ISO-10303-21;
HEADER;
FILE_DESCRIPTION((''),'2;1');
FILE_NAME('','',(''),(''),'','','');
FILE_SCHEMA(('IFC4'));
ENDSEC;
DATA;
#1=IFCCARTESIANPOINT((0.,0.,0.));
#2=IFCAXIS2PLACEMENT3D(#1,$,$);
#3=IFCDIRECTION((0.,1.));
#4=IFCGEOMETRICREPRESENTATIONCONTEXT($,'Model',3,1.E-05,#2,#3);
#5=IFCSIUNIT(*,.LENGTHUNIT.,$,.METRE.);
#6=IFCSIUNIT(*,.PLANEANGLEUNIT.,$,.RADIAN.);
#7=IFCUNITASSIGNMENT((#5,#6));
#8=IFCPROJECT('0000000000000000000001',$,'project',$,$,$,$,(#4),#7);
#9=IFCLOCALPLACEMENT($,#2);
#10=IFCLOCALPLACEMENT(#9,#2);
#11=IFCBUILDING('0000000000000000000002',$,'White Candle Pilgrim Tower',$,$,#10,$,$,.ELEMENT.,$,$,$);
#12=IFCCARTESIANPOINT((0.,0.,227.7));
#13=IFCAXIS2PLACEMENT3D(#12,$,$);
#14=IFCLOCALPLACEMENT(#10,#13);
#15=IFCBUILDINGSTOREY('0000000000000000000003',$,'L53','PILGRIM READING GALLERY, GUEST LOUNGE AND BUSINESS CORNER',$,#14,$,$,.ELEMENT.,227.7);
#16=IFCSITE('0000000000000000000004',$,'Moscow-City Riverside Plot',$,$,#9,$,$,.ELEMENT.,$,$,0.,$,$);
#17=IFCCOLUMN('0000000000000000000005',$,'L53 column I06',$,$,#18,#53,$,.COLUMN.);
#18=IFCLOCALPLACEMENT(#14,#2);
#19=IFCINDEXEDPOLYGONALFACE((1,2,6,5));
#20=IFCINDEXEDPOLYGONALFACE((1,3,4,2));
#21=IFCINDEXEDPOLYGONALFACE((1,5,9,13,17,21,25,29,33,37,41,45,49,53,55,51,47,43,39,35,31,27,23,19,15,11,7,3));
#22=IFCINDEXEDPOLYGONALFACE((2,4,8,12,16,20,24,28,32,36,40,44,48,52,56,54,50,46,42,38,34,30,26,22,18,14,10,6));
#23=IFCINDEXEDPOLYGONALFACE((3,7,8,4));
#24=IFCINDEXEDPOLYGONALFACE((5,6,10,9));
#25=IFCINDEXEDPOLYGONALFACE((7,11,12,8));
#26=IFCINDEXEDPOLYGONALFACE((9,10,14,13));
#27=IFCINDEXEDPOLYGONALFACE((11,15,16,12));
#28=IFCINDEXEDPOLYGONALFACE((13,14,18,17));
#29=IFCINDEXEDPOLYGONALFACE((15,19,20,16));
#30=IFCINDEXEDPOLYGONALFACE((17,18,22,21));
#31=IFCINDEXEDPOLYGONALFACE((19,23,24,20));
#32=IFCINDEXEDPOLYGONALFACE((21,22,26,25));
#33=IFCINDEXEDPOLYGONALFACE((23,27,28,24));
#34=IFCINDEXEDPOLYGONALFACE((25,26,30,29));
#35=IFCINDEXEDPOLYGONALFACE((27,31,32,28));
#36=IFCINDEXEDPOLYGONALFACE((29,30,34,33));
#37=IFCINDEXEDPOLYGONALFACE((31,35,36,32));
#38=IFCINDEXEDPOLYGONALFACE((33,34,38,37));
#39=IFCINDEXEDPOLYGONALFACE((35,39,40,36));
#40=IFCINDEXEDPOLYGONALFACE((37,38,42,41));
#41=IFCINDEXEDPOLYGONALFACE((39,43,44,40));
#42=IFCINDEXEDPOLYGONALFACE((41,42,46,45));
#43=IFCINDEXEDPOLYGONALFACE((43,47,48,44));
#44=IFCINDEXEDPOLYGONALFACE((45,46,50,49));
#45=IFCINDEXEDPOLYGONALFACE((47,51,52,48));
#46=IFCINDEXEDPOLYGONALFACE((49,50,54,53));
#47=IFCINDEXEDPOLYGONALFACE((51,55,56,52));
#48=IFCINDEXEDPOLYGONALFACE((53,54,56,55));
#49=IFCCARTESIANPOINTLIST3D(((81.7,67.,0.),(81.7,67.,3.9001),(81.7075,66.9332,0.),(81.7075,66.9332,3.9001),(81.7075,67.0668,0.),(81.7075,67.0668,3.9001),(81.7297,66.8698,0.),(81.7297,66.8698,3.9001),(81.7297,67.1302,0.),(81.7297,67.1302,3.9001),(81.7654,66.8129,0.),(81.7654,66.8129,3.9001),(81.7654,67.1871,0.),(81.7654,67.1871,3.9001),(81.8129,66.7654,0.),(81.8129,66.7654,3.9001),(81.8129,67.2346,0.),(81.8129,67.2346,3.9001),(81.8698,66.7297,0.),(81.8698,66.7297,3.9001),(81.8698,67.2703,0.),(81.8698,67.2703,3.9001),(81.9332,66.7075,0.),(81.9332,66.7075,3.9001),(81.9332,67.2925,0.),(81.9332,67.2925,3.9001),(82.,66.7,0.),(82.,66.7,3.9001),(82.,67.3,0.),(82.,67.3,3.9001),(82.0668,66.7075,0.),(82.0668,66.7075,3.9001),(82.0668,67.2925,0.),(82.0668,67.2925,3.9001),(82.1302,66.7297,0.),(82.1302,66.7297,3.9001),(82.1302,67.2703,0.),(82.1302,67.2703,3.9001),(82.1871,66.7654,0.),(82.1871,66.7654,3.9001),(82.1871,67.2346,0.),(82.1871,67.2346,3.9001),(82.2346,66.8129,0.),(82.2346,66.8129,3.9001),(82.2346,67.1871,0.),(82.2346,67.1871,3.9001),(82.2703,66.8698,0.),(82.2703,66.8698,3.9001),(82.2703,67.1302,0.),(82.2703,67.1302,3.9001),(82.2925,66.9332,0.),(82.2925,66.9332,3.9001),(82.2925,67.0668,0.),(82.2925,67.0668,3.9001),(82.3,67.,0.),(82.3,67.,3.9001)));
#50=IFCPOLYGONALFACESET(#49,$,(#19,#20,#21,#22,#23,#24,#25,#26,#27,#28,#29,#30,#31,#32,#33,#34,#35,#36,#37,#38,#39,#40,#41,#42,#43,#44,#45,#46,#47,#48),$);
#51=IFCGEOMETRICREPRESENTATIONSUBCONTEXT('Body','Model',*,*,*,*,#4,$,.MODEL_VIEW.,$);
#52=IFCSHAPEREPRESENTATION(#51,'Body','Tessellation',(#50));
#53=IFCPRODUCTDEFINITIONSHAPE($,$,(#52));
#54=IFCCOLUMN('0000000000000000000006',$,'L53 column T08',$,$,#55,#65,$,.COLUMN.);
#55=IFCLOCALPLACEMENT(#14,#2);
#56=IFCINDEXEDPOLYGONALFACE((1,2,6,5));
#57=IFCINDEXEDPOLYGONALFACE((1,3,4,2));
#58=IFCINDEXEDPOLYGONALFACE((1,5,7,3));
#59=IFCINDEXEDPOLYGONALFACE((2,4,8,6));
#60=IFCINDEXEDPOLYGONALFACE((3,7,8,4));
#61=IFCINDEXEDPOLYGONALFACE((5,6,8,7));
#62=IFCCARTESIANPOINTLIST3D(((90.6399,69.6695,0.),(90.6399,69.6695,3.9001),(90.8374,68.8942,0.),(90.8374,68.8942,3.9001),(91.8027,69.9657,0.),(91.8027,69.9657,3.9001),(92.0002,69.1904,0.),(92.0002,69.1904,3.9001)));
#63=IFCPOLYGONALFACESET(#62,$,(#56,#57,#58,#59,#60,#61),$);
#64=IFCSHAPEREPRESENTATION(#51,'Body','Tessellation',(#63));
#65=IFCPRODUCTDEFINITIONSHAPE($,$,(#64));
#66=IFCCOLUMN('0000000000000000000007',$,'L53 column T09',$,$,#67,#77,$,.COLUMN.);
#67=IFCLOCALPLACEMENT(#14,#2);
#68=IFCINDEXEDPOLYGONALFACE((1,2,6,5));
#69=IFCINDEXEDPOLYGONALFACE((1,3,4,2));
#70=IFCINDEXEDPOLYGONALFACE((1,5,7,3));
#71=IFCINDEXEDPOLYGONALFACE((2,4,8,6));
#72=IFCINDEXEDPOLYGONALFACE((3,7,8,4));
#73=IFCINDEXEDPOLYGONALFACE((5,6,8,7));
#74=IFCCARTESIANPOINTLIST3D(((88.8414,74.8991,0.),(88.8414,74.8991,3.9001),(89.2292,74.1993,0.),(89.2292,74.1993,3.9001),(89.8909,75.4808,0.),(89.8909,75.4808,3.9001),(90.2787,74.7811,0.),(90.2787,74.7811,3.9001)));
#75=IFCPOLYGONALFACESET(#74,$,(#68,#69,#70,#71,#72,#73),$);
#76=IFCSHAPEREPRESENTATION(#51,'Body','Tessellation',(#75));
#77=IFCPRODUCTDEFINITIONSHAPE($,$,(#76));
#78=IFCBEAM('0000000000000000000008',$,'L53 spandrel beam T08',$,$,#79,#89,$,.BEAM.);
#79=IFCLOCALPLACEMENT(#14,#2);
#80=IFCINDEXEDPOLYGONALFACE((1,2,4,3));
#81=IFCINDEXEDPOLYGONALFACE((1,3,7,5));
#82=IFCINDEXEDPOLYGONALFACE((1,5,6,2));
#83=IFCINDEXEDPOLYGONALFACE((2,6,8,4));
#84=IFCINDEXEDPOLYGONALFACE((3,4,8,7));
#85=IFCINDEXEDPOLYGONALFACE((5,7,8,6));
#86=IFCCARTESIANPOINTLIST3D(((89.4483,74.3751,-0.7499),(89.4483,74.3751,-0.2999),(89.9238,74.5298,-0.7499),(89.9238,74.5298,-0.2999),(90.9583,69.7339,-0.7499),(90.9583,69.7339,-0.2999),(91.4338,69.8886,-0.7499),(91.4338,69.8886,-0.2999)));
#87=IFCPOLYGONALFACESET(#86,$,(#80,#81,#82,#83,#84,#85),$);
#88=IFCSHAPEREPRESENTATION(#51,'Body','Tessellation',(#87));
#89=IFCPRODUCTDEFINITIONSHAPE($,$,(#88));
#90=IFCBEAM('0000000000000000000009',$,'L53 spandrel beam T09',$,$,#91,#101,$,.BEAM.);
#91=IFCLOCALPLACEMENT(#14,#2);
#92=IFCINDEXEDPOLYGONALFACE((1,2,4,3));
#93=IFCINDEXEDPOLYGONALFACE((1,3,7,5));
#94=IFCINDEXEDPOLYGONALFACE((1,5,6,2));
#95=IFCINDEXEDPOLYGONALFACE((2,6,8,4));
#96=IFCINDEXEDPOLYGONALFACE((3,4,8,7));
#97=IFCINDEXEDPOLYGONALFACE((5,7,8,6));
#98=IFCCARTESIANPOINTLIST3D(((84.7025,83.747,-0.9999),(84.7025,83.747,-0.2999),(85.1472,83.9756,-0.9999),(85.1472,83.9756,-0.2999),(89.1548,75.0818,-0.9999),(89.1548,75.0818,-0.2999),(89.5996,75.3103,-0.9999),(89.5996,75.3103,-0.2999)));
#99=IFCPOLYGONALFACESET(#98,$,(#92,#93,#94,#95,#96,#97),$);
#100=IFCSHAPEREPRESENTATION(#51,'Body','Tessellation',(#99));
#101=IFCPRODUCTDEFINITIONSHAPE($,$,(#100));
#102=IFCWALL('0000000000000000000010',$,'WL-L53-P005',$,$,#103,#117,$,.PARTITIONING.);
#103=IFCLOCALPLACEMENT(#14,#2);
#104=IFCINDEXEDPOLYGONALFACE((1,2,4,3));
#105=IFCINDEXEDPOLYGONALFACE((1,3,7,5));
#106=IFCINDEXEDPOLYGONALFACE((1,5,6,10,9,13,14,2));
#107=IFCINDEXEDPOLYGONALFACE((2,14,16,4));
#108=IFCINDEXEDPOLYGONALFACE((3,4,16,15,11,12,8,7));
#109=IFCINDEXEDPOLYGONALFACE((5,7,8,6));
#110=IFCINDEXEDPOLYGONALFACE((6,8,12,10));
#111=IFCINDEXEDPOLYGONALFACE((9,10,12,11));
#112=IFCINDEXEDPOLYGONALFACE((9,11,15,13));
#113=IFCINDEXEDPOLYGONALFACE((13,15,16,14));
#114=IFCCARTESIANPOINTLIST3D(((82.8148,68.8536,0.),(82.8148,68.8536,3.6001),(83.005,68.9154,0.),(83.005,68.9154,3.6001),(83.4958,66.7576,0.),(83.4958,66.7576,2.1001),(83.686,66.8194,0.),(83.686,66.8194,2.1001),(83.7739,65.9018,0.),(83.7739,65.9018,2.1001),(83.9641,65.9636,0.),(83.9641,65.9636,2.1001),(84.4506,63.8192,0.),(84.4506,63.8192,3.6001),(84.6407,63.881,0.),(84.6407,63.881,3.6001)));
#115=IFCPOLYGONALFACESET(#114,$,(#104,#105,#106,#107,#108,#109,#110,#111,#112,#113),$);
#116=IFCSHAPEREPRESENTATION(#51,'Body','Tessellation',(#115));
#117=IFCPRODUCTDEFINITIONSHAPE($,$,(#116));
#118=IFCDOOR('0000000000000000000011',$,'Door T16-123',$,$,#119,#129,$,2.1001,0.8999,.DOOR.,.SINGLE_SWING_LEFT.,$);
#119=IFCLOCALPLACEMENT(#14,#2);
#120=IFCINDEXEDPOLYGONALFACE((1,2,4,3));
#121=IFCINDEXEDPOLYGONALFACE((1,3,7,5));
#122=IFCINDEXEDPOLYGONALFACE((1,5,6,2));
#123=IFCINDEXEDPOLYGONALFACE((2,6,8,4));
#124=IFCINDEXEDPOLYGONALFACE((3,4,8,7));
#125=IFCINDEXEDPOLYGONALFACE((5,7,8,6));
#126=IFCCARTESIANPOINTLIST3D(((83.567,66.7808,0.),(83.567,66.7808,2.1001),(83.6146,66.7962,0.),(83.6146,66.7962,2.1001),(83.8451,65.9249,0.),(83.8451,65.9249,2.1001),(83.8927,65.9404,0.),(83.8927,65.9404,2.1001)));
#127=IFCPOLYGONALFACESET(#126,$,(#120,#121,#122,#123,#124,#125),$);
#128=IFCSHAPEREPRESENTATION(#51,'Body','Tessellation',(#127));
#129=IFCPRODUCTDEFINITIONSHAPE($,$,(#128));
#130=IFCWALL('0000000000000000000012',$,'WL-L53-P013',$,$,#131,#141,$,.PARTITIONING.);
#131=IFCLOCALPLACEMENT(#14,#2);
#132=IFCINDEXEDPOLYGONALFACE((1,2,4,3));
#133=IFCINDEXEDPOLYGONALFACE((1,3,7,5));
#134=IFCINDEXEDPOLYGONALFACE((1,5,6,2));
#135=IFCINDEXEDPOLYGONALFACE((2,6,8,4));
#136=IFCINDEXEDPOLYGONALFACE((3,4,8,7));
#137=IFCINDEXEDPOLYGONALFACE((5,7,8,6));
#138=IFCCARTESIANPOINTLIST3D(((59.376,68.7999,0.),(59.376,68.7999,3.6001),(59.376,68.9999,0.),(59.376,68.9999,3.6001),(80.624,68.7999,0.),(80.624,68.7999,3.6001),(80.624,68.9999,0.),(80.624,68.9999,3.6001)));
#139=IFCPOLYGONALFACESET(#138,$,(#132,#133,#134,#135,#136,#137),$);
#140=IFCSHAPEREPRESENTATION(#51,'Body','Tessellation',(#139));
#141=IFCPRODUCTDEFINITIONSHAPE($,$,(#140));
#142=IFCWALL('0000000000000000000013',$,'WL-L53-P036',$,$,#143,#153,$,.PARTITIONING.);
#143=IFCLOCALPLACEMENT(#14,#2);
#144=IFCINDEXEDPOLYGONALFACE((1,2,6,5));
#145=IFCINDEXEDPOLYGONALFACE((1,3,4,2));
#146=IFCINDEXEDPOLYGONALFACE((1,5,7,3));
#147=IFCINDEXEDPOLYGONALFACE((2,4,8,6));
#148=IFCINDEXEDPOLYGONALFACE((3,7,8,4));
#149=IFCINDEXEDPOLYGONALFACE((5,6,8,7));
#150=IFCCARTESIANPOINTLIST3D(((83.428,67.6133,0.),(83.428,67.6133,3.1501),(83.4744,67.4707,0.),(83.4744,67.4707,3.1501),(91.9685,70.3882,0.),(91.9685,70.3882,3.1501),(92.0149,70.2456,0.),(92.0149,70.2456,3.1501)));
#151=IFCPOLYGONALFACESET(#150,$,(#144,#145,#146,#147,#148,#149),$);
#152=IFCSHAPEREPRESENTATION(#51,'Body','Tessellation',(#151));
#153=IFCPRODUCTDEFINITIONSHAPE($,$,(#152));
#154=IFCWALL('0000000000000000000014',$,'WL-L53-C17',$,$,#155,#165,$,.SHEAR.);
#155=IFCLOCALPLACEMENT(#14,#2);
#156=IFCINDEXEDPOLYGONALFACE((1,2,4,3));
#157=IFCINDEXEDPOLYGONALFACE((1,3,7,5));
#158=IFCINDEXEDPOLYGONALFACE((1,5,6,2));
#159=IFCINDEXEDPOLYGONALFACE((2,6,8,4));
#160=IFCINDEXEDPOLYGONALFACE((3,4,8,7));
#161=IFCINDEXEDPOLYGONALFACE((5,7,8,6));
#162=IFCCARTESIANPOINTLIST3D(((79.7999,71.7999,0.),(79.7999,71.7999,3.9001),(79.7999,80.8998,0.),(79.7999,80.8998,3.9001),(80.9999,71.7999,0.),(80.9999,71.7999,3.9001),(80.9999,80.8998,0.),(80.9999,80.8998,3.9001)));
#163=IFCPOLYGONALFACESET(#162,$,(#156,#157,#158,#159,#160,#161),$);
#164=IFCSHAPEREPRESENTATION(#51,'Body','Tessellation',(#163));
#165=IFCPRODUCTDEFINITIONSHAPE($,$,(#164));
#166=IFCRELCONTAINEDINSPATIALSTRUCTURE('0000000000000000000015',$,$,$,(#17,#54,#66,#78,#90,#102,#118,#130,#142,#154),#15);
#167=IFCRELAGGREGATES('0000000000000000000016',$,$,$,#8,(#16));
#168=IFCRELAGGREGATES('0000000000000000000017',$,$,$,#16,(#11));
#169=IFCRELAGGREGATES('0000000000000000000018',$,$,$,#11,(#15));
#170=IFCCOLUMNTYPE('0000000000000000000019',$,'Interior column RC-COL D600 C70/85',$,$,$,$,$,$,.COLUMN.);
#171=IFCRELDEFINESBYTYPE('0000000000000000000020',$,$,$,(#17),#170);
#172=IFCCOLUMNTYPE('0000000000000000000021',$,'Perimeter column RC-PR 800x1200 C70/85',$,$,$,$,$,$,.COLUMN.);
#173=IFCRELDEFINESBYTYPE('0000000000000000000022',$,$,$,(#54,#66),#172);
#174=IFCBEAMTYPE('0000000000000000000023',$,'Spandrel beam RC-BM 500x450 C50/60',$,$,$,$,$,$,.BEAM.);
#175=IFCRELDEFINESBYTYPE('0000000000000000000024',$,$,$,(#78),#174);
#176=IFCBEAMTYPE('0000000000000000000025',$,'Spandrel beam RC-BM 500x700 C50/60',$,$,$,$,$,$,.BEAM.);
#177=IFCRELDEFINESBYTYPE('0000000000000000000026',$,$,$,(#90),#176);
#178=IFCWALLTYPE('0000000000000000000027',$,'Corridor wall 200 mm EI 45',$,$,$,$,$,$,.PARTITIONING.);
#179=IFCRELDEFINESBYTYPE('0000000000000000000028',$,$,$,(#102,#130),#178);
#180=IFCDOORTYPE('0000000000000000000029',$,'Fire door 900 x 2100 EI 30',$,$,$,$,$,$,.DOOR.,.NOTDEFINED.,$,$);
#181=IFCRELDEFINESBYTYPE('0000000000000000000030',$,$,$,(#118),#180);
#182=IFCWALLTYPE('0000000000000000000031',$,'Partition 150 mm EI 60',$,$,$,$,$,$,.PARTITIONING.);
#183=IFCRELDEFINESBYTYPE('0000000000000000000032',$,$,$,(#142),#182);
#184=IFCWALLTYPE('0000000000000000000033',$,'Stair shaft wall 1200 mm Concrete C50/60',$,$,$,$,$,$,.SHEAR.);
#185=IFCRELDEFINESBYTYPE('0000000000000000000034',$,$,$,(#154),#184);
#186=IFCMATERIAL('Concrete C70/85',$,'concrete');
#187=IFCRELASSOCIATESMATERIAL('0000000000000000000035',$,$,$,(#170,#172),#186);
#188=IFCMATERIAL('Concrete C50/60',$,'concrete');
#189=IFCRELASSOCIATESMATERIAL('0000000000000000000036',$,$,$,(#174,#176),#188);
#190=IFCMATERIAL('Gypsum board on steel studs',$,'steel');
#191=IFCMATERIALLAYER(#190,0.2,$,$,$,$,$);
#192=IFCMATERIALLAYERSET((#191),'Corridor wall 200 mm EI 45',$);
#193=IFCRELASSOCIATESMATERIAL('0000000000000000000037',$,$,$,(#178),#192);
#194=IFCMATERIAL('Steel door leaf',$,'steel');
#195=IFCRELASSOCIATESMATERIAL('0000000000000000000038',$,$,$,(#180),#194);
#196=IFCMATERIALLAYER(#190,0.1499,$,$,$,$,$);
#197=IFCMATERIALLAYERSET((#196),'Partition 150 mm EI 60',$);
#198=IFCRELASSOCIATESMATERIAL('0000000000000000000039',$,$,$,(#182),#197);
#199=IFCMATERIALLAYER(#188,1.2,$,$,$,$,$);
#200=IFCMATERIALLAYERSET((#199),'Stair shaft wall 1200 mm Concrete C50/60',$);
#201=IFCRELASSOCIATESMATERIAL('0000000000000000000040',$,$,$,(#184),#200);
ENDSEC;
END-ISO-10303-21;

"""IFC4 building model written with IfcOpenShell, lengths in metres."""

from ifc_helpers import new_model, si_unit, direction, frame, frame_2d, origin, origin_2d, place, context, subcontext, project, spatial, rectangle, circle, extrude, material, layer, layer_set, material_profile, profile_set, type_object, element, fill, save


model = new_model("IFC4")

# Units and contexts
model_context = context("Model", 3, precision=1e-05, world=origin(), true_north=direction((0.0, 1.0)))
body_context = subcontext(model_context, "Body", "Model", "MODEL_VIEW")
ifc_project = project(units=[si_unit("LENGTHUNIT", "METRE"), si_unit("PLANEANGLEUNIT", "RADIAN")], contexts=[model_context])

# Site, building, storey
site_placement = place(None, origin())
site = spatial("IfcSite", under=ifc_project, at=site_placement, Name="Moscow-City Riverside Plot", CompositionType="ELEMENT", RefElevation=0.0)
building_placement = place(site_placement, origin())
building = spatial("IfcBuilding", under=site, at=building_placement, Name="White Candle Pilgrim Tower", CompositionType="ELEMENT")
storey_placement = place(building_placement, frame((0.0, 0.0, 227.7)))
storey = spatial("IfcBuildingStorey", under=building, at=storey_placement, Name="L53", Description="PILGRIM READING GALLERY, GUEST LOUNGE AND BUSINESS CORNER", CompositionType="ELEMENT", Elevation=227.7)

# Columns
ifc_material_1 = material(Name="Concrete C70/85", Category="concrete")
ifc_material_profile_1 = material_profile(ifc_material_1, circle(Radius=0.3, at=origin_2d()), Name="RC-COL D600")
ifc_profile_set_1 = profile_set([ifc_material_profile_1], Name="Concrete C70/85")
column_type_1 = type_object("IfcColumnType", Name="Interior column RC-COL D600 C70/85", PredefinedType="COLUMN", material=ifc_profile_set_1)
column_placement = place(storey_placement, frame((82.0, 67.0, 0.0), z_axis=(0.0, 0.0, 1.0), x_axis=(1.0, 0.0, 0.0)))
element("IfcColumn", 1, at=column_placement, inside=storey, type_object=column_type_1, Name="L53 column I06", PredefinedType="COLUMN", context=body_context, shape_type="SweptSolid", body=[
    extrude(circle(Radius=0.3, at=origin_2d()), origin(), (0.0, 0.0, 1.0), 3.9001),
])
ifc_material_profile_2 = material_profile(ifc_material_1, rectangle(XDim=0.8, YDim=1.2, at=origin_2d()), Name="RC-PR 800x1200")
ifc_profile_set_2 = profile_set([ifc_material_profile_2], Name="Concrete C70/85")
column_type_2 = type_object("IfcColumnType", Name="Perimeter column RC-PR 800x1200 C70/85", PredefinedType="COLUMN", material=ifc_profile_set_2)
for number, where, z_axis, x_axis, name in (
    (2, (91.3201, 69.4299, 0.0), (0.0, 0.0, 1.0), (0.246881, -0.969046, 0.0), "L53 column T08"),
    (3, (89.5601, 74.8401, 0.0), (0.0, 0.0, 1.0), (0.48481, -0.87462, 0.0), "L53 column T09"),
):
    element("IfcColumn", number, at=place(storey_placement, frame(where, z_axis=z_axis, x_axis=x_axis)), inside=storey, type_object=column_type_2, Name=name, PredefinedType="COLUMN", context=body_context, shape_type="SweptSolid", body=[
        extrude(rectangle(XDim=0.8, YDim=1.2, at=origin_2d()), origin(), (0.0, 0.0, 1.0), 3.9001),
    ])

# Beams
ifc_material_2 = material(Name="Concrete C50/60", Category="concrete")
ifc_material_profile_3 = material_profile(ifc_material_2, rectangle(XDim=0.5, YDim=0.45, at=origin_2d()), Name="RC-BM 500x450")
ifc_profile_set_3 = profile_set([ifc_material_profile_3], Name="Concrete C50/60")
beam_type_1 = type_object("IfcBeamType", Name="Spandrel beam RC-BM 500x450 C50/60", PredefinedType="BEAM", material=ifc_profile_set_3)
beam_1_placement = place(storey_placement, frame((91.196, 69.8113, -0.5249), z_axis=(-0.309391, 0.950935, 0.0), x_axis=(-0.950935, -0.309391, 0.0)))
element("IfcBeam", 4, at=beam_1_placement, inside=storey, type_object=beam_type_1, Name="L53 spandrel beam T08", PredefinedType="BEAM", context=body_context, shape_type="SweptSolid", body=[
    extrude(rectangle(XDim=0.5, YDim=0.45, at=origin_2d()), origin(), (0.0, 0.0, 1.0), 4.8806),
])
ifc_material_profile_4 = material_profile(ifc_material_2, rectangle(XDim=0.5, YDim=0.7, at=origin_2d()), Name="RC-BM 500x700")
ifc_profile_set_4 = profile_set([ifc_material_profile_4], Name="Concrete C50/60")
beam_type_2 = type_object("IfcBeamType", Name="Spandrel beam RC-BM 500x700 C50/60", PredefinedType="BEAM", material=ifc_profile_set_4)
beam_2_placement = place(storey_placement, frame((89.3772, 75.196, -0.6499), z_axis=(-0.45702, 0.889456, 0.0), x_axis=(-0.889456, -0.45702, 0.0)))
element("IfcBeam", 5, at=beam_2_placement, inside=storey, type_object=beam_type_2, Name="L53 spandrel beam T09", PredefinedType="BEAM", context=body_context, shape_type="SweptSolid", body=[
    extrude(rectangle(XDim=0.5, YDim=0.7, at=origin_2d()), origin(), (0.0, 0.0, 1.0), 9.7422),
])

# Wall, opening, door
ifc_material_3 = material(Name="Gypsum board on steel studs", Category="steel")
ifc_layer_1 = layer(ifc_material_3, 0.2)
ifc_layer_set_1 = layer_set([ifc_layer_1], Name="Corridor wall 200 mm EI 45")
wall_type_1 = type_object("IfcWallType", Name="Corridor wall 200 mm EI 45", PredefinedType="PARTITIONING", material=ifc_layer_set_1)
wall_1_placement = place(storey_placement, frame((82.9099, 68.8845, 0.0), z_axis=(0.0, 0.0, 1.0), x_axis=(0.30901, -0.951059, 0.0)))
wall_1 = element("IfcWall", 6, at=wall_1_placement, inside=storey, type_object=wall_type_1, Name="WL-L53-P005", PredefinedType="PARTITIONING", context=body_context, shape_type="SweptSolid", body=[
    extrude(rectangle(XDim=5.2935, YDim=0.2, at=frame_2d((2.6467, 0.0))), origin(), (0.0, 0.0, 1.0), 3.6001),
])
opening_placement = place(wall_1_placement, frame((2.2039, 0.0, 0.0)))
opening = element("IfcOpeningElement", 7, at=opening_placement, cuts=wall_1, PredefinedType="OPENING", context=body_context, shape_type="SweptSolid", body=[
    extrude(rectangle(XDim=0.8999, YDim=2.1001, at=frame_2d((0.45, 1.05))), frame((0.0, 0.1099, 0.0), z_axis=(0.0, -1.0, 0.0), x_axis=(1.0, 0.0, 0.0)), (0.0, 0.0, 1.0), 0.22),
])
ifc_material_4 = material(Name="Steel door leaf", Category="steel")
door_type = type_object("IfcDoorType", Name="Fire door 900 x 2100 EI 30", OperationType="NOTDEFINED", PredefinedType="DOOR", material=ifc_material_4)
door_placement = place(opening_placement, origin())
door = element("IfcDoor", 8, at=door_placement, inside=storey, type_object=door_type, Name="Door T16-123", OperationType="SINGLE_SWING_LEFT", OverallHeight=2.1001, OverallWidth=0.8999, PredefinedType="DOOR", context=body_context, shape_type="SweptSolid", body=[
    extrude(rectangle(XDim=0.8999, YDim=2.1001, at=frame_2d((0.45, 1.05))), frame((0.0, 0.0249, 0.0), z_axis=(0.0, -1.0, 0.0), x_axis=(1.0, 0.0, 0.0)), (0.0, 0.0, 1.0), 0.05),
])
fill(opening, door)

# Walls
wall_2_placement = place(storey_placement, frame((80.624, 68.8999, 0.0), z_axis=(0.0, 0.0, 1.0), x_axis=(-1.0, 0.0, 0.0)))
element("IfcWall", 9, at=wall_2_placement, inside=storey, type_object=wall_type_1, Name="WL-L53-P013", PredefinedType="PARTITIONING", context=body_context, shape_type="SweptSolid", body=[
    extrude(rectangle(XDim=21.248, YDim=0.2, at=frame_2d((10.624, 0.0))), origin(), (0.0, 0.0, 1.0), 3.6001),
])
ifc_layer_2 = layer(ifc_material_3, 0.1499)
ifc_layer_set_2 = layer_set([ifc_layer_2], Name="Partition 150 mm EI 60")
wall_type_2 = type_object("IfcWallType", Name="Partition 150 mm EI 60", PredefinedType="PARTITIONING", material=ifc_layer_set_2)
wall_3_placement = place(storey_placement, frame((91.9917, 70.3169, 0.0), z_axis=(0.0, 0.0, 1.0), x_axis=(-0.951059, -0.309009, 0.0)))
element("IfcWall", 10, at=wall_3_placement, inside=storey, type_object=wall_type_2, Name="WL-L53-P036", PredefinedType="PARTITIONING", context=body_context, shape_type="SweptSolid", body=[
    extrude(rectangle(XDim=8.98, YDim=0.1499, at=frame_2d((4.49, 0.0))), origin(), (0.0, 0.0, 1.0), 3.1501),
])
ifc_layer_3 = layer(ifc_material_2, 1.2)
ifc_layer_set_3 = layer_set([ifc_layer_3], Name="Stair shaft wall 1200 mm Concrete C50/60")
wall_type_3 = type_object("IfcWallType", Name="Stair shaft wall 1200 mm Concrete C50/60", PredefinedType="SHEAR", material=ifc_layer_set_3)
wall_4_placement = place(storey_placement, frame((80.3999, 71.8, 0.0), z_axis=(0.0, 0.0, 1.0), x_axis=(0.0, 1.0, 0.0)))
element("IfcWall", 11, at=wall_4_placement, inside=storey, type_object=wall_type_3, Name="WL-L53-C17", PredefinedType="SHEAR", context=body_context, shape_type="SweptSolid", body=[
    extrude(rectangle(XDim=9.0999, YDim=1.2, at=frame_2d((4.5498, 0.0))), origin(), (0.0, 0.0, 1.0), 3.9001),
])

save(model, "model.ifc")
